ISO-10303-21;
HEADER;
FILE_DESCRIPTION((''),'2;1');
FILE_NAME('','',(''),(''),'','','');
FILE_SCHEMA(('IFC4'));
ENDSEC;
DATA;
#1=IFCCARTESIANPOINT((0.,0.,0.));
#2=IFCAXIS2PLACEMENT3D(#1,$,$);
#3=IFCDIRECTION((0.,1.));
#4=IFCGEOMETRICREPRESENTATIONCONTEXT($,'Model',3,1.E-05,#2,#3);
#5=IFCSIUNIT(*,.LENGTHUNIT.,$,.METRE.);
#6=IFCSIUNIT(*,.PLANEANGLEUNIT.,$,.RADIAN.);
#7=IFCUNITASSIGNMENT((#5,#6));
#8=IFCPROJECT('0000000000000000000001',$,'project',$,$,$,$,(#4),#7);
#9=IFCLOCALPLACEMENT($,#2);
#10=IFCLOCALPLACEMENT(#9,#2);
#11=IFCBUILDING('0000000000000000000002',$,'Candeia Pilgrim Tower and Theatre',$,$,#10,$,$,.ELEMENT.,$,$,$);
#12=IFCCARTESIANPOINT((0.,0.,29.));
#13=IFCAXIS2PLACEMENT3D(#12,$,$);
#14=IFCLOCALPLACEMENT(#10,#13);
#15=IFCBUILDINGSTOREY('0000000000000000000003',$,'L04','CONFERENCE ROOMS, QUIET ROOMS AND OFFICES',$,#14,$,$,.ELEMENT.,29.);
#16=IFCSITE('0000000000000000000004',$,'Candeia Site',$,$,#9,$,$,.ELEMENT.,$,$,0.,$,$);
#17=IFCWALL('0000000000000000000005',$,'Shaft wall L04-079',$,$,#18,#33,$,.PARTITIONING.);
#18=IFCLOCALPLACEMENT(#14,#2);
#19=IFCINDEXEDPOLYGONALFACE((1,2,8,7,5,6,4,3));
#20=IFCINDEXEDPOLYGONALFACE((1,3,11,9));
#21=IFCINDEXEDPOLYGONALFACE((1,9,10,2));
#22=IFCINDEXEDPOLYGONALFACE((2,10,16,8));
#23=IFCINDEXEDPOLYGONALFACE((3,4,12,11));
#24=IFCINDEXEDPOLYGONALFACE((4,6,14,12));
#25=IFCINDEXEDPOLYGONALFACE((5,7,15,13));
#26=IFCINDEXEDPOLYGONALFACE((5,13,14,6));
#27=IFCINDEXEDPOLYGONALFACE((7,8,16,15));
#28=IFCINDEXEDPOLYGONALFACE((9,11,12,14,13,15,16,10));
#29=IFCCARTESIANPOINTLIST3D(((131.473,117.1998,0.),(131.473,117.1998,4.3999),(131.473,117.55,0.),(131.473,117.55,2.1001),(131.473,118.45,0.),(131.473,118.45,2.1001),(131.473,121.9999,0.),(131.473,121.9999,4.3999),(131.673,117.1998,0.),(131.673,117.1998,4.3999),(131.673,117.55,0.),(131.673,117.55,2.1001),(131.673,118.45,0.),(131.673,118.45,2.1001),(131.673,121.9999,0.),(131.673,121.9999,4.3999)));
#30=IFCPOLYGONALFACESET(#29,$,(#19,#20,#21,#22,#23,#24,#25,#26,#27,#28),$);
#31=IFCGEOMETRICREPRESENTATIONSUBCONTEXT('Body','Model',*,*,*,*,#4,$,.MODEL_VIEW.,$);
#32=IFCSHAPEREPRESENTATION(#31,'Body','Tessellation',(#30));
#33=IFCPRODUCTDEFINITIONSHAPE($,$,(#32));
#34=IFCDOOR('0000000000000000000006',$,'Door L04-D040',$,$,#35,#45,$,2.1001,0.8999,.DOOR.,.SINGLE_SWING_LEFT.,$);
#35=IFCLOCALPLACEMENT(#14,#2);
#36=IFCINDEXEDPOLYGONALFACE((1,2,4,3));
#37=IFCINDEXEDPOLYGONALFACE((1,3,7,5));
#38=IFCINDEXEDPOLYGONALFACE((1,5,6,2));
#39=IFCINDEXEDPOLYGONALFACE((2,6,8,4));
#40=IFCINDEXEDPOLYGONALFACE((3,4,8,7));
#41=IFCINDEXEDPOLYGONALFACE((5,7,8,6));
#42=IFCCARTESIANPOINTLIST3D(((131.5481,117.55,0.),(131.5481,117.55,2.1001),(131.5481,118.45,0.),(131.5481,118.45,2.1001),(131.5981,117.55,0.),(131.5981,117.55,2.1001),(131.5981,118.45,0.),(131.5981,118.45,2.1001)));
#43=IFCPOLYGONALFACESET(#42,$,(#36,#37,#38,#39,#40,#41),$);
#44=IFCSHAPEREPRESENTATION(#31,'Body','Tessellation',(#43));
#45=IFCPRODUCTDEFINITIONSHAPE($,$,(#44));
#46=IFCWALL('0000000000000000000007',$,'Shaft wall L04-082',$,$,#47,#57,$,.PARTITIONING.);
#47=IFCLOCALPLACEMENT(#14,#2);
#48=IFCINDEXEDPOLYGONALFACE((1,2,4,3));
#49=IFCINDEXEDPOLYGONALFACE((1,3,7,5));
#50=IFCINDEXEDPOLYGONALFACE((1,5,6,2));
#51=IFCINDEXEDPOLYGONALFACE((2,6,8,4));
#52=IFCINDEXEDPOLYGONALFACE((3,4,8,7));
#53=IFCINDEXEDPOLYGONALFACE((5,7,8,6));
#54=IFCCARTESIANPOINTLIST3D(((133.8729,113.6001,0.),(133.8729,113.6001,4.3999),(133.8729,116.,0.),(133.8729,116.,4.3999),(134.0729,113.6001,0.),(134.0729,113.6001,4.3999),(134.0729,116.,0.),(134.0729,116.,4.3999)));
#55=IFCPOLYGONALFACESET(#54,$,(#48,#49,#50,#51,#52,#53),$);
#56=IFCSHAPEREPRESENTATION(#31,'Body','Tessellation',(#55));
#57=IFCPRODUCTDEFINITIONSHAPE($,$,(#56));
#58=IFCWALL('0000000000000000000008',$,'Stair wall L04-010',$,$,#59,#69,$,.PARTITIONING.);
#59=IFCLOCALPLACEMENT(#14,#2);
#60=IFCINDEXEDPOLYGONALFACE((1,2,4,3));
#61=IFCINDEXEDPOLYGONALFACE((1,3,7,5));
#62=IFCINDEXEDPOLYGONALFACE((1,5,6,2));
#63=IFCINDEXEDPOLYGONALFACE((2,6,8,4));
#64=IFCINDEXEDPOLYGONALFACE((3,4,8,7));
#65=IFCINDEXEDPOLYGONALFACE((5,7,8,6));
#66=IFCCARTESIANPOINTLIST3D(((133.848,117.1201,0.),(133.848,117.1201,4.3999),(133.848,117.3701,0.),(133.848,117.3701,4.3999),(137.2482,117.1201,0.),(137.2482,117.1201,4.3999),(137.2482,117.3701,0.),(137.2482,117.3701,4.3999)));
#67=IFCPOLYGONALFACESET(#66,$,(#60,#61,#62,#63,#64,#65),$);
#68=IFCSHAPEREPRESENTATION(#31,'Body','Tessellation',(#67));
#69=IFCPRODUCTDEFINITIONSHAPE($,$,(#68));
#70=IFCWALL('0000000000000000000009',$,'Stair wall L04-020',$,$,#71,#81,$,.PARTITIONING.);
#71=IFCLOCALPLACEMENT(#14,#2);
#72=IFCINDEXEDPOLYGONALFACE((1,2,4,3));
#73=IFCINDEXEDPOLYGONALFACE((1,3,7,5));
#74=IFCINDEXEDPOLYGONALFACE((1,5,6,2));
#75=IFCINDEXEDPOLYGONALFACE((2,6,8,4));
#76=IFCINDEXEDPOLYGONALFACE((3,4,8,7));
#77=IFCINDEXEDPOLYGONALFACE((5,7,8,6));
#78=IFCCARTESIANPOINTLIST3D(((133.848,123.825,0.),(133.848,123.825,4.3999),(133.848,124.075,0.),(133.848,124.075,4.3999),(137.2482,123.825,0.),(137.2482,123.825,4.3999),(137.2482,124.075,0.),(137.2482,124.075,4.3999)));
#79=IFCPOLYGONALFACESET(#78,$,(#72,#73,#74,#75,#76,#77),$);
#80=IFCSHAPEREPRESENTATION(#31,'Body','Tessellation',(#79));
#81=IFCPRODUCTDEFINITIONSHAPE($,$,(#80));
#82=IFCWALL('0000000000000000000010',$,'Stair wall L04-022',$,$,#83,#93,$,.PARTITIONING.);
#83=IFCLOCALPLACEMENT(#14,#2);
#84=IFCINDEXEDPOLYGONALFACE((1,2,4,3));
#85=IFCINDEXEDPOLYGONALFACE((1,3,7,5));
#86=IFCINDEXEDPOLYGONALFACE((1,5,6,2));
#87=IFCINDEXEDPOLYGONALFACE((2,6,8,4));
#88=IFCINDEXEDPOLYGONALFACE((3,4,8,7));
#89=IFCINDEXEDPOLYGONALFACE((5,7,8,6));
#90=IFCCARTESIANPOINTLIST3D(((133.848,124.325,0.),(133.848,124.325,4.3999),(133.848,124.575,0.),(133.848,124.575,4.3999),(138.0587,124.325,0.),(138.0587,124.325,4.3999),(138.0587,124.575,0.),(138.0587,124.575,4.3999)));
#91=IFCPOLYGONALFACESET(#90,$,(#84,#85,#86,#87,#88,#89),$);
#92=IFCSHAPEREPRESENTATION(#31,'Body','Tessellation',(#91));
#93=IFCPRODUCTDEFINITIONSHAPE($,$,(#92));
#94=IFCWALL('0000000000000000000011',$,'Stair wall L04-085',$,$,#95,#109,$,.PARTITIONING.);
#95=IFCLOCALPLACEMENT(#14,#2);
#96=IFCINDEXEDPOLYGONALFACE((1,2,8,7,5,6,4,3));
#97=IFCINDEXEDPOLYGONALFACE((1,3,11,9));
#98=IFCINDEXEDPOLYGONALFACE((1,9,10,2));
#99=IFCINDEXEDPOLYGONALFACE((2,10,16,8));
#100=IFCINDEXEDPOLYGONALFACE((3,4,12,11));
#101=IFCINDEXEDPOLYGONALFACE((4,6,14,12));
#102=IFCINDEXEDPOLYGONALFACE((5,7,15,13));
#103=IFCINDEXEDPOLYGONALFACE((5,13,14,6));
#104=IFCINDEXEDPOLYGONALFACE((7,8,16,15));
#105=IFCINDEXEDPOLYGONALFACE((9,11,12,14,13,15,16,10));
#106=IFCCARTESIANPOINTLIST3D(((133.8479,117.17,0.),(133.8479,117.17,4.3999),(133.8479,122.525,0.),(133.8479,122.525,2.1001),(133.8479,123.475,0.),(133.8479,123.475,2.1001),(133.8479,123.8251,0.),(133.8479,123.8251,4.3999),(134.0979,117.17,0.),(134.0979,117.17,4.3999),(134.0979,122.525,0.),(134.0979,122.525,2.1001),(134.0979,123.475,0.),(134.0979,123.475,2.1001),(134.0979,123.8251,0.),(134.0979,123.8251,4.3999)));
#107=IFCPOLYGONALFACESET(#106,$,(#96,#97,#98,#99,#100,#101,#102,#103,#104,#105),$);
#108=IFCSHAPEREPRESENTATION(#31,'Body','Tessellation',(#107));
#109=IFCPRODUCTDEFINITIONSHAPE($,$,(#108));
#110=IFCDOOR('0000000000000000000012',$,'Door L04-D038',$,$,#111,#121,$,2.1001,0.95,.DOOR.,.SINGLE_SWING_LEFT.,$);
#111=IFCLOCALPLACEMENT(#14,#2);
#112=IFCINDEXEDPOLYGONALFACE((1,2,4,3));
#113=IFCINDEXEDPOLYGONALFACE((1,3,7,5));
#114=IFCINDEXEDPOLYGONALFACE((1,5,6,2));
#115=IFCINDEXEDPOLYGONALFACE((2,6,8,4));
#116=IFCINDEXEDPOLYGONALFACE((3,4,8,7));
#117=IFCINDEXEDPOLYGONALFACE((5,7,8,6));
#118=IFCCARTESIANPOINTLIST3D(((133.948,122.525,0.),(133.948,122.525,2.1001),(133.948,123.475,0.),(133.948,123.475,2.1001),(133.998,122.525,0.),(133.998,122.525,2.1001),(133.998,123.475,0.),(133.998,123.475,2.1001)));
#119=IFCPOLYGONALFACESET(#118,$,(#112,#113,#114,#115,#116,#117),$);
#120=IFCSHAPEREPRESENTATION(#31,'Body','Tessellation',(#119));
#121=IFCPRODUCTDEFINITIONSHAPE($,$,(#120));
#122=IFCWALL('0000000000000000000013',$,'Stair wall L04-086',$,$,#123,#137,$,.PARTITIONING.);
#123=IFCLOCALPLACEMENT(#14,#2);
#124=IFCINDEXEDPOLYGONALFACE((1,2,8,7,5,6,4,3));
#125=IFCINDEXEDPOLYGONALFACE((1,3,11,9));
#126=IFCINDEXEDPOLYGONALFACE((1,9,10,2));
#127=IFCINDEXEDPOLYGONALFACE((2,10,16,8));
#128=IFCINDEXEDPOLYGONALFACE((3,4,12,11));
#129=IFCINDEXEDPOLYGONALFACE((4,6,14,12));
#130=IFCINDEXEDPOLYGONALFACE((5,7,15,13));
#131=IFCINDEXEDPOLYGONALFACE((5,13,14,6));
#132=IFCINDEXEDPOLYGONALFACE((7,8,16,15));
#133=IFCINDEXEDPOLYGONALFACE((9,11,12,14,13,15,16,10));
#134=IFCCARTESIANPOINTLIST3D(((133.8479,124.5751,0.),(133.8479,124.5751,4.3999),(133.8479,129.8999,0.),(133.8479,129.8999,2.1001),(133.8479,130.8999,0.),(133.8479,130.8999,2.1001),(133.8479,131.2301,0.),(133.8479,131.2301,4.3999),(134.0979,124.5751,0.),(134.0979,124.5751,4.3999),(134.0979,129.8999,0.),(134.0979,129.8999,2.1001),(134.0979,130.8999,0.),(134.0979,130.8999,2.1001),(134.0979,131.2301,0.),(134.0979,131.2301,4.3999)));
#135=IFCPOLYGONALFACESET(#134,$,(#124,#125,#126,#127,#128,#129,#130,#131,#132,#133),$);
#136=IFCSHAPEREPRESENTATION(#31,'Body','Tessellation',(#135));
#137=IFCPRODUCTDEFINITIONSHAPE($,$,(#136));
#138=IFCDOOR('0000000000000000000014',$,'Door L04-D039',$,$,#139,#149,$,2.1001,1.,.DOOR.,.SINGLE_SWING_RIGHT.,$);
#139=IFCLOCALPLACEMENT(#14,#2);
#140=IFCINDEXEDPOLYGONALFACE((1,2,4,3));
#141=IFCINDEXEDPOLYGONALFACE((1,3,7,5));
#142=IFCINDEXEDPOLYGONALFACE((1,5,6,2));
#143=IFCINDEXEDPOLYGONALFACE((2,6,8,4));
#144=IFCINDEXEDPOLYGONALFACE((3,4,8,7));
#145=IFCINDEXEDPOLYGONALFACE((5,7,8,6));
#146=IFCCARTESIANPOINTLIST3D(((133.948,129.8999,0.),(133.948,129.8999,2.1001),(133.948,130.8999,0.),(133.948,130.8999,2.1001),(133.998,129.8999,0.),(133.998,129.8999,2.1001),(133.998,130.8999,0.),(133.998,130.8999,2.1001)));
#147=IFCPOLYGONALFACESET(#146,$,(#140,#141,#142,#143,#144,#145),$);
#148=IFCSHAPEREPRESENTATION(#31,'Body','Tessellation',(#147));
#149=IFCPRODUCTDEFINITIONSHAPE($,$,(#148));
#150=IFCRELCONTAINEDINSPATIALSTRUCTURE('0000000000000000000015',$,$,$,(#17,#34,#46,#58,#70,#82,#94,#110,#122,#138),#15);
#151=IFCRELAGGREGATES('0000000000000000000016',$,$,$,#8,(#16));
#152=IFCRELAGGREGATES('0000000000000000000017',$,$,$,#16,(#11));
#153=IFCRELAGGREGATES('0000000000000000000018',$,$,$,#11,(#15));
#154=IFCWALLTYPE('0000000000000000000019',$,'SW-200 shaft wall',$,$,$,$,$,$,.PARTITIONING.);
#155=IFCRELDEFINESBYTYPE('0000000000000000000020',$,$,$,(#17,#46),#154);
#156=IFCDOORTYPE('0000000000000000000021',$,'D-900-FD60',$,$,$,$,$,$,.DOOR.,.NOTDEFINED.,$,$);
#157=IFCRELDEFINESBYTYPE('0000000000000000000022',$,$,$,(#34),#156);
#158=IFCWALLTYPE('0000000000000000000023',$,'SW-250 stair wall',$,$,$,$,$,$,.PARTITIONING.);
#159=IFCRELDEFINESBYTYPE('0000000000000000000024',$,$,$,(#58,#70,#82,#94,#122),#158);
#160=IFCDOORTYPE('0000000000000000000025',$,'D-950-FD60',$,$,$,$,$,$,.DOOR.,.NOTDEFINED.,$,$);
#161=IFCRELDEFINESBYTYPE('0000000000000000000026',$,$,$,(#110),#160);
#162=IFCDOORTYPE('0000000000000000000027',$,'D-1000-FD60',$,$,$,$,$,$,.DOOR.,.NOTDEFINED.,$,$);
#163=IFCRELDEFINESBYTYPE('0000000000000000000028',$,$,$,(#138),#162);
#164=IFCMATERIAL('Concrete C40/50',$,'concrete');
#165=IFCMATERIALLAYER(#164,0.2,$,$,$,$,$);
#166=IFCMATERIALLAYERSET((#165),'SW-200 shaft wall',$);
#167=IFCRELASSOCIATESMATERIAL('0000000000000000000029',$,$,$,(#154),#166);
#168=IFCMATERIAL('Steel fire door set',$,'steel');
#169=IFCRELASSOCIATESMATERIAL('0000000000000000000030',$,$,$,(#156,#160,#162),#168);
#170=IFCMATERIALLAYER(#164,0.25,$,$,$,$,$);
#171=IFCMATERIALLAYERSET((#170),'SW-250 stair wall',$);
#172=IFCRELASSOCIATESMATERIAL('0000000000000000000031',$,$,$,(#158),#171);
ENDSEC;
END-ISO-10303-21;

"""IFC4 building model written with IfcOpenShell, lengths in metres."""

from ifc_helpers import new_model, si_unit, direction, frame, frame_2d, origin, place, context, subcontext, project, spatial, rectangle, extrude, material, layer, layer_set, type_object, element, fill, save


model = new_model("IFC4")

# Units and contexts
model_context = context("Model", 3, precision=1e-05, world=origin(), true_north=direction((0.0, 1.0)))
body_context = subcontext(model_context, "Body", "Model", "MODEL_VIEW")
ifc_project = project(units=[si_unit("LENGTHUNIT", "METRE"), si_unit("PLANEANGLEUNIT", "RADIAN")], contexts=[model_context])

# Site, building, storey
site_placement = place(None, origin())
site = spatial("IfcSite", under=ifc_project, at=site_placement, Name="Candeia Site", CompositionType="ELEMENT", RefElevation=0.0)
building_placement = place(site_placement, origin())
building = spatial("IfcBuilding", under=site, at=building_placement, Name="Candeia Pilgrim Tower and Theatre", CompositionType="ELEMENT")
storey_placement = place(building_placement, frame((0.0, 0.0, 29.0)))
storey = spatial("IfcBuildingStorey", under=building, at=storey_placement, Name="L04", Description="CONFERENCE ROOMS, QUIET ROOMS AND OFFICES", CompositionType="ELEMENT", Elevation=29.0)

# Shared definitions
ifc_material_1 = material(Name="Steel fire door set", Category="steel")

# Shared definitions
ifc_material_2 = material(Name="Concrete C40/50", Category="concrete")
ifc_layer_1 = layer(ifc_material_2, 0.2)
ifc_layer_set_1 = layer_set([ifc_layer_1], Name="SW-200 shaft wall")
wall_type_1 = type_object("IfcWallType", Name="SW-200 shaft wall", PredefinedType="PARTITIONING", material=ifc_layer_set_1)
door_type_1 = type_object("IfcDoorType", Name="D-900-FD60", OperationType="NOTDEFINED", PredefinedType="DOOR", material=ifc_material_1)

# Wall, opening, door
wall_1_placement = place(storey_placement, frame((131.573, 117.2, 0.0), z_axis=(0.0, 0.0, 1.0), x_axis=(0.0, 1.0, 0.0)))
wall_1 = element("IfcWall", 1, at=wall_1_placement, inside=storey, type_object=wall_type_1, Name="Shaft wall L04-079", PredefinedType="PARTITIONING", context=body_context, shape_type="SweptSolid", body=[
    extrude(rectangle(XDim=4.8, YDim=0.2, at=frame_2d((2.3999, 0.0))), origin(), (0.0, 0.0, 1.0), 4.3999),
])
opening_1_placement = place(wall_1_placement, frame((0.3501, 0.0, 0.0)))
opening_1 = element("IfcOpeningElement", 2, at=opening_1_placement, cuts=wall_1, PredefinedType="OPENING", context=body_context, shape_type="SweptSolid", body=[
    extrude(rectangle(XDim=0.8999, YDim=2.1001, at=frame_2d((0.45, 1.05))), frame((0.0, 0.1099, 0.0), z_axis=(0.0, -1.0, 0.0), x_axis=(1.0, 0.0, 0.0)), (0.0, 0.0, 1.0), 0.22),
])
door_1_placement = place(opening_1_placement, origin())
door_1 = element("IfcDoor", 3, at=door_1_placement, inside=storey, type_object=door_type_1, Name="Door L04-D040", OperationType="SINGLE_SWING_LEFT", OverallHeight=2.1001, OverallWidth=0.8999, PredefinedType="DOOR", context=body_context, shape_type="SweptSolid", body=[
    extrude(rectangle(XDim=0.8999, YDim=2.1001, at=frame_2d((0.45, 1.05))), frame((0.0, 0.0249, 0.0), z_axis=(0.0, -1.0, 0.0), x_axis=(1.0, 0.0, 0.0)), (0.0, 0.0, 1.0), 0.05),
])
fill(opening_1, door_1)

# Walls
wall_2_placement = place(storey_placement, frame((133.9729, 113.6001, 0.0), z_axis=(0.0, 0.0, 1.0), x_axis=(0.0, 1.0, 0.0)))
element("IfcWall", 4, at=wall_2_placement, inside=storey, type_object=wall_type_1, Name="Shaft wall L04-082", PredefinedType="PARTITIONING", context=body_context, shape_type="SweptSolid", body=[
    extrude(rectangle(XDim=2.3999, YDim=0.2, at=frame_2d((1.2, 0.0))), origin(), (0.0, 0.0, 1.0), 4.3999),
])
ifc_layer_2 = layer(ifc_material_2, 0.25)
ifc_layer_set_2 = layer_set([ifc_layer_2], Name="SW-250 stair wall")
wall_type_2 = type_object("IfcWallType", Name="SW-250 stair wall", PredefinedType="PARTITIONING", material=ifc_layer_set_2)
for number, where, z_axis, x_axis, name in (
    (5, (133.8479, 117.2451, 0.0), (0.0, 0.0, 1.0), (1.0, 0.0, 0.0), "Stair wall L04-010"),
    (6, (133.8479, 123.95, 0.0), (0.0, 0.0, 1.0), (1.0, 0.0, 0.0), "Stair wall L04-020"),
):
    element("IfcWall", number, at=place(storey_placement, frame(where, z_axis=z_axis, x_axis=x_axis)), inside=storey, type_object=wall_type_2, Name=name, PredefinedType="PARTITIONING", context=body_context, shape_type="SweptSolid", body=[
        extrude(rectangle(XDim=3.4001, YDim=0.25, at=frame_2d((1.7002, 0.0))), origin(), (0.0, 0.0, 1.0), 4.3999),
    ])
wall_3_placement = place(storey_placement, frame((133.8479, 124.45, 0.0), z_axis=(0.0, 0.0, 1.0), x_axis=(1.0, 0.0, 0.0)))
element("IfcWall", 7, at=wall_3_placement, inside=storey, type_object=wall_type_2, Name="Stair wall L04-022", PredefinedType="PARTITIONING", context=body_context, shape_type="SweptSolid", body=[
    extrude(rectangle(XDim=4.2107, YDim=0.25, at=frame_2d((2.1055, 0.0))), origin(), (0.0, 0.0, 1.0), 4.3999),
])

# Walls, openings, doors
wall_4_placement = place(storey_placement, frame((133.9729, 117.1699, 0.0), z_axis=(0.0, 0.0, 1.0), x_axis=(0.0, 1.0, 0.0)))
wall_4 = element("IfcWall", 8, at=wall_4_placement, inside=storey, type_object=wall_type_2, Name="Stair wall L04-085", PredefinedType="PARTITIONING", context=body_context, shape_type="SweptSolid", body=[
    extrude(rectangle(XDim=6.655, YDim=0.25, at=frame_2d((3.3276, 0.0))), origin(), (0.0, 0.0, 1.0), 4.3999),
])
opening_2_placement = place(wall_4_placement, frame((5.355, 0.0, 0.0)))
opening_2 = element("IfcOpeningElement", 9, at=opening_2_placement, cuts=wall_4, PredefinedType="OPENING", context=body_context, shape_type="SweptSolid", body=[
    extrude(rectangle(XDim=0.95, YDim=2.1001, at=frame_2d((0.4751, 1.05))), frame((0.0, 0.135, 0.0), z_axis=(0.0, -1.0, 0.0), x_axis=(1.0, 0.0, 0.0)), (0.0, 0.0, 1.0), 0.27),
])
door_type_2 = type_object("IfcDoorType", Name="D-950-FD60", OperationType="NOTDEFINED", PredefinedType="DOOR", material=ifc_material_1)
door_2_placement = place(opening_2_placement, origin())
door_2 = element("IfcDoor", 10, at=door_2_placement, inside=storey, type_object=door_type_2, Name="Door L04-D038", OperationType="SINGLE_SWING_LEFT", OverallHeight=2.1001, OverallWidth=0.95, PredefinedType="DOOR", context=body_context, shape_type="SweptSolid", body=[
    extrude(rectangle(XDim=0.95, YDim=2.1001, at=frame_2d((0.4751, 1.05))), frame((0.0, 0.0249, 0.0), z_axis=(0.0, -1.0, 0.0), x_axis=(1.0, 0.0, 0.0)), (0.0, 0.0, 1.0), 0.05),
])
fill(opening_2, door_2)
wall_5_placement = place(storey_placement, frame((133.9729, 124.575, 0.0), z_axis=(0.0, 0.0, 1.0), x_axis=(0.0, 1.0, 0.0)))
wall_5 = element("IfcWall", 11, at=wall_5_placement, inside=storey, type_object=wall_type_2, Name="Stair wall L04-086", PredefinedType="PARTITIONING", context=body_context, shape_type="SweptSolid", body=[
    extrude(rectangle(XDim=6.655, YDim=0.25, at=frame_2d((3.3276, 0.0))), origin(), (0.0, 0.0, 1.0), 4.3999),
])
opening_3_placement = place(wall_5_placement, frame((5.325, 0.0, 0.0)))
opening_3 = element("IfcOpeningElement", 12, at=opening_3_placement, cuts=wall_5, PredefinedType="OPENING", context=body_context, shape_type="SweptSolid", body=[
    extrude(rectangle(XDim=1.0, YDim=2.1001, at=frame_2d((0.5, 1.05))), frame((0.0, 0.135, 0.0), z_axis=(0.0, -1.0, 0.0), x_axis=(1.0, 0.0, 0.0)), (0.0, 0.0, 1.0), 0.27),
])
door_type_3 = type_object("IfcDoorType", Name="D-1000-FD60", OperationType="NOTDEFINED", PredefinedType="DOOR", material=ifc_material_1)
door_3_placement = place(opening_3_placement, origin())
door_3 = element("IfcDoor", 13, at=door_3_placement, inside=storey, type_object=door_type_3, Name="Door L04-D039", OperationType="SINGLE_SWING_RIGHT", OverallHeight=2.1001, OverallWidth=1.0, PredefinedType="DOOR", context=body_context, shape_type="SweptSolid", body=[
    extrude(rectangle(XDim=1.0, YDim=2.1001, at=frame_2d((0.5, 1.05))), frame((0.0, 0.0249, 0.0), z_axis=(0.0, -1.0, 0.0), x_axis=(1.0, 0.0, 0.0)), (0.0, 0.0, 1.0), 0.05),
])
fill(opening_3, door_3)

save(model, "model.ifc")
